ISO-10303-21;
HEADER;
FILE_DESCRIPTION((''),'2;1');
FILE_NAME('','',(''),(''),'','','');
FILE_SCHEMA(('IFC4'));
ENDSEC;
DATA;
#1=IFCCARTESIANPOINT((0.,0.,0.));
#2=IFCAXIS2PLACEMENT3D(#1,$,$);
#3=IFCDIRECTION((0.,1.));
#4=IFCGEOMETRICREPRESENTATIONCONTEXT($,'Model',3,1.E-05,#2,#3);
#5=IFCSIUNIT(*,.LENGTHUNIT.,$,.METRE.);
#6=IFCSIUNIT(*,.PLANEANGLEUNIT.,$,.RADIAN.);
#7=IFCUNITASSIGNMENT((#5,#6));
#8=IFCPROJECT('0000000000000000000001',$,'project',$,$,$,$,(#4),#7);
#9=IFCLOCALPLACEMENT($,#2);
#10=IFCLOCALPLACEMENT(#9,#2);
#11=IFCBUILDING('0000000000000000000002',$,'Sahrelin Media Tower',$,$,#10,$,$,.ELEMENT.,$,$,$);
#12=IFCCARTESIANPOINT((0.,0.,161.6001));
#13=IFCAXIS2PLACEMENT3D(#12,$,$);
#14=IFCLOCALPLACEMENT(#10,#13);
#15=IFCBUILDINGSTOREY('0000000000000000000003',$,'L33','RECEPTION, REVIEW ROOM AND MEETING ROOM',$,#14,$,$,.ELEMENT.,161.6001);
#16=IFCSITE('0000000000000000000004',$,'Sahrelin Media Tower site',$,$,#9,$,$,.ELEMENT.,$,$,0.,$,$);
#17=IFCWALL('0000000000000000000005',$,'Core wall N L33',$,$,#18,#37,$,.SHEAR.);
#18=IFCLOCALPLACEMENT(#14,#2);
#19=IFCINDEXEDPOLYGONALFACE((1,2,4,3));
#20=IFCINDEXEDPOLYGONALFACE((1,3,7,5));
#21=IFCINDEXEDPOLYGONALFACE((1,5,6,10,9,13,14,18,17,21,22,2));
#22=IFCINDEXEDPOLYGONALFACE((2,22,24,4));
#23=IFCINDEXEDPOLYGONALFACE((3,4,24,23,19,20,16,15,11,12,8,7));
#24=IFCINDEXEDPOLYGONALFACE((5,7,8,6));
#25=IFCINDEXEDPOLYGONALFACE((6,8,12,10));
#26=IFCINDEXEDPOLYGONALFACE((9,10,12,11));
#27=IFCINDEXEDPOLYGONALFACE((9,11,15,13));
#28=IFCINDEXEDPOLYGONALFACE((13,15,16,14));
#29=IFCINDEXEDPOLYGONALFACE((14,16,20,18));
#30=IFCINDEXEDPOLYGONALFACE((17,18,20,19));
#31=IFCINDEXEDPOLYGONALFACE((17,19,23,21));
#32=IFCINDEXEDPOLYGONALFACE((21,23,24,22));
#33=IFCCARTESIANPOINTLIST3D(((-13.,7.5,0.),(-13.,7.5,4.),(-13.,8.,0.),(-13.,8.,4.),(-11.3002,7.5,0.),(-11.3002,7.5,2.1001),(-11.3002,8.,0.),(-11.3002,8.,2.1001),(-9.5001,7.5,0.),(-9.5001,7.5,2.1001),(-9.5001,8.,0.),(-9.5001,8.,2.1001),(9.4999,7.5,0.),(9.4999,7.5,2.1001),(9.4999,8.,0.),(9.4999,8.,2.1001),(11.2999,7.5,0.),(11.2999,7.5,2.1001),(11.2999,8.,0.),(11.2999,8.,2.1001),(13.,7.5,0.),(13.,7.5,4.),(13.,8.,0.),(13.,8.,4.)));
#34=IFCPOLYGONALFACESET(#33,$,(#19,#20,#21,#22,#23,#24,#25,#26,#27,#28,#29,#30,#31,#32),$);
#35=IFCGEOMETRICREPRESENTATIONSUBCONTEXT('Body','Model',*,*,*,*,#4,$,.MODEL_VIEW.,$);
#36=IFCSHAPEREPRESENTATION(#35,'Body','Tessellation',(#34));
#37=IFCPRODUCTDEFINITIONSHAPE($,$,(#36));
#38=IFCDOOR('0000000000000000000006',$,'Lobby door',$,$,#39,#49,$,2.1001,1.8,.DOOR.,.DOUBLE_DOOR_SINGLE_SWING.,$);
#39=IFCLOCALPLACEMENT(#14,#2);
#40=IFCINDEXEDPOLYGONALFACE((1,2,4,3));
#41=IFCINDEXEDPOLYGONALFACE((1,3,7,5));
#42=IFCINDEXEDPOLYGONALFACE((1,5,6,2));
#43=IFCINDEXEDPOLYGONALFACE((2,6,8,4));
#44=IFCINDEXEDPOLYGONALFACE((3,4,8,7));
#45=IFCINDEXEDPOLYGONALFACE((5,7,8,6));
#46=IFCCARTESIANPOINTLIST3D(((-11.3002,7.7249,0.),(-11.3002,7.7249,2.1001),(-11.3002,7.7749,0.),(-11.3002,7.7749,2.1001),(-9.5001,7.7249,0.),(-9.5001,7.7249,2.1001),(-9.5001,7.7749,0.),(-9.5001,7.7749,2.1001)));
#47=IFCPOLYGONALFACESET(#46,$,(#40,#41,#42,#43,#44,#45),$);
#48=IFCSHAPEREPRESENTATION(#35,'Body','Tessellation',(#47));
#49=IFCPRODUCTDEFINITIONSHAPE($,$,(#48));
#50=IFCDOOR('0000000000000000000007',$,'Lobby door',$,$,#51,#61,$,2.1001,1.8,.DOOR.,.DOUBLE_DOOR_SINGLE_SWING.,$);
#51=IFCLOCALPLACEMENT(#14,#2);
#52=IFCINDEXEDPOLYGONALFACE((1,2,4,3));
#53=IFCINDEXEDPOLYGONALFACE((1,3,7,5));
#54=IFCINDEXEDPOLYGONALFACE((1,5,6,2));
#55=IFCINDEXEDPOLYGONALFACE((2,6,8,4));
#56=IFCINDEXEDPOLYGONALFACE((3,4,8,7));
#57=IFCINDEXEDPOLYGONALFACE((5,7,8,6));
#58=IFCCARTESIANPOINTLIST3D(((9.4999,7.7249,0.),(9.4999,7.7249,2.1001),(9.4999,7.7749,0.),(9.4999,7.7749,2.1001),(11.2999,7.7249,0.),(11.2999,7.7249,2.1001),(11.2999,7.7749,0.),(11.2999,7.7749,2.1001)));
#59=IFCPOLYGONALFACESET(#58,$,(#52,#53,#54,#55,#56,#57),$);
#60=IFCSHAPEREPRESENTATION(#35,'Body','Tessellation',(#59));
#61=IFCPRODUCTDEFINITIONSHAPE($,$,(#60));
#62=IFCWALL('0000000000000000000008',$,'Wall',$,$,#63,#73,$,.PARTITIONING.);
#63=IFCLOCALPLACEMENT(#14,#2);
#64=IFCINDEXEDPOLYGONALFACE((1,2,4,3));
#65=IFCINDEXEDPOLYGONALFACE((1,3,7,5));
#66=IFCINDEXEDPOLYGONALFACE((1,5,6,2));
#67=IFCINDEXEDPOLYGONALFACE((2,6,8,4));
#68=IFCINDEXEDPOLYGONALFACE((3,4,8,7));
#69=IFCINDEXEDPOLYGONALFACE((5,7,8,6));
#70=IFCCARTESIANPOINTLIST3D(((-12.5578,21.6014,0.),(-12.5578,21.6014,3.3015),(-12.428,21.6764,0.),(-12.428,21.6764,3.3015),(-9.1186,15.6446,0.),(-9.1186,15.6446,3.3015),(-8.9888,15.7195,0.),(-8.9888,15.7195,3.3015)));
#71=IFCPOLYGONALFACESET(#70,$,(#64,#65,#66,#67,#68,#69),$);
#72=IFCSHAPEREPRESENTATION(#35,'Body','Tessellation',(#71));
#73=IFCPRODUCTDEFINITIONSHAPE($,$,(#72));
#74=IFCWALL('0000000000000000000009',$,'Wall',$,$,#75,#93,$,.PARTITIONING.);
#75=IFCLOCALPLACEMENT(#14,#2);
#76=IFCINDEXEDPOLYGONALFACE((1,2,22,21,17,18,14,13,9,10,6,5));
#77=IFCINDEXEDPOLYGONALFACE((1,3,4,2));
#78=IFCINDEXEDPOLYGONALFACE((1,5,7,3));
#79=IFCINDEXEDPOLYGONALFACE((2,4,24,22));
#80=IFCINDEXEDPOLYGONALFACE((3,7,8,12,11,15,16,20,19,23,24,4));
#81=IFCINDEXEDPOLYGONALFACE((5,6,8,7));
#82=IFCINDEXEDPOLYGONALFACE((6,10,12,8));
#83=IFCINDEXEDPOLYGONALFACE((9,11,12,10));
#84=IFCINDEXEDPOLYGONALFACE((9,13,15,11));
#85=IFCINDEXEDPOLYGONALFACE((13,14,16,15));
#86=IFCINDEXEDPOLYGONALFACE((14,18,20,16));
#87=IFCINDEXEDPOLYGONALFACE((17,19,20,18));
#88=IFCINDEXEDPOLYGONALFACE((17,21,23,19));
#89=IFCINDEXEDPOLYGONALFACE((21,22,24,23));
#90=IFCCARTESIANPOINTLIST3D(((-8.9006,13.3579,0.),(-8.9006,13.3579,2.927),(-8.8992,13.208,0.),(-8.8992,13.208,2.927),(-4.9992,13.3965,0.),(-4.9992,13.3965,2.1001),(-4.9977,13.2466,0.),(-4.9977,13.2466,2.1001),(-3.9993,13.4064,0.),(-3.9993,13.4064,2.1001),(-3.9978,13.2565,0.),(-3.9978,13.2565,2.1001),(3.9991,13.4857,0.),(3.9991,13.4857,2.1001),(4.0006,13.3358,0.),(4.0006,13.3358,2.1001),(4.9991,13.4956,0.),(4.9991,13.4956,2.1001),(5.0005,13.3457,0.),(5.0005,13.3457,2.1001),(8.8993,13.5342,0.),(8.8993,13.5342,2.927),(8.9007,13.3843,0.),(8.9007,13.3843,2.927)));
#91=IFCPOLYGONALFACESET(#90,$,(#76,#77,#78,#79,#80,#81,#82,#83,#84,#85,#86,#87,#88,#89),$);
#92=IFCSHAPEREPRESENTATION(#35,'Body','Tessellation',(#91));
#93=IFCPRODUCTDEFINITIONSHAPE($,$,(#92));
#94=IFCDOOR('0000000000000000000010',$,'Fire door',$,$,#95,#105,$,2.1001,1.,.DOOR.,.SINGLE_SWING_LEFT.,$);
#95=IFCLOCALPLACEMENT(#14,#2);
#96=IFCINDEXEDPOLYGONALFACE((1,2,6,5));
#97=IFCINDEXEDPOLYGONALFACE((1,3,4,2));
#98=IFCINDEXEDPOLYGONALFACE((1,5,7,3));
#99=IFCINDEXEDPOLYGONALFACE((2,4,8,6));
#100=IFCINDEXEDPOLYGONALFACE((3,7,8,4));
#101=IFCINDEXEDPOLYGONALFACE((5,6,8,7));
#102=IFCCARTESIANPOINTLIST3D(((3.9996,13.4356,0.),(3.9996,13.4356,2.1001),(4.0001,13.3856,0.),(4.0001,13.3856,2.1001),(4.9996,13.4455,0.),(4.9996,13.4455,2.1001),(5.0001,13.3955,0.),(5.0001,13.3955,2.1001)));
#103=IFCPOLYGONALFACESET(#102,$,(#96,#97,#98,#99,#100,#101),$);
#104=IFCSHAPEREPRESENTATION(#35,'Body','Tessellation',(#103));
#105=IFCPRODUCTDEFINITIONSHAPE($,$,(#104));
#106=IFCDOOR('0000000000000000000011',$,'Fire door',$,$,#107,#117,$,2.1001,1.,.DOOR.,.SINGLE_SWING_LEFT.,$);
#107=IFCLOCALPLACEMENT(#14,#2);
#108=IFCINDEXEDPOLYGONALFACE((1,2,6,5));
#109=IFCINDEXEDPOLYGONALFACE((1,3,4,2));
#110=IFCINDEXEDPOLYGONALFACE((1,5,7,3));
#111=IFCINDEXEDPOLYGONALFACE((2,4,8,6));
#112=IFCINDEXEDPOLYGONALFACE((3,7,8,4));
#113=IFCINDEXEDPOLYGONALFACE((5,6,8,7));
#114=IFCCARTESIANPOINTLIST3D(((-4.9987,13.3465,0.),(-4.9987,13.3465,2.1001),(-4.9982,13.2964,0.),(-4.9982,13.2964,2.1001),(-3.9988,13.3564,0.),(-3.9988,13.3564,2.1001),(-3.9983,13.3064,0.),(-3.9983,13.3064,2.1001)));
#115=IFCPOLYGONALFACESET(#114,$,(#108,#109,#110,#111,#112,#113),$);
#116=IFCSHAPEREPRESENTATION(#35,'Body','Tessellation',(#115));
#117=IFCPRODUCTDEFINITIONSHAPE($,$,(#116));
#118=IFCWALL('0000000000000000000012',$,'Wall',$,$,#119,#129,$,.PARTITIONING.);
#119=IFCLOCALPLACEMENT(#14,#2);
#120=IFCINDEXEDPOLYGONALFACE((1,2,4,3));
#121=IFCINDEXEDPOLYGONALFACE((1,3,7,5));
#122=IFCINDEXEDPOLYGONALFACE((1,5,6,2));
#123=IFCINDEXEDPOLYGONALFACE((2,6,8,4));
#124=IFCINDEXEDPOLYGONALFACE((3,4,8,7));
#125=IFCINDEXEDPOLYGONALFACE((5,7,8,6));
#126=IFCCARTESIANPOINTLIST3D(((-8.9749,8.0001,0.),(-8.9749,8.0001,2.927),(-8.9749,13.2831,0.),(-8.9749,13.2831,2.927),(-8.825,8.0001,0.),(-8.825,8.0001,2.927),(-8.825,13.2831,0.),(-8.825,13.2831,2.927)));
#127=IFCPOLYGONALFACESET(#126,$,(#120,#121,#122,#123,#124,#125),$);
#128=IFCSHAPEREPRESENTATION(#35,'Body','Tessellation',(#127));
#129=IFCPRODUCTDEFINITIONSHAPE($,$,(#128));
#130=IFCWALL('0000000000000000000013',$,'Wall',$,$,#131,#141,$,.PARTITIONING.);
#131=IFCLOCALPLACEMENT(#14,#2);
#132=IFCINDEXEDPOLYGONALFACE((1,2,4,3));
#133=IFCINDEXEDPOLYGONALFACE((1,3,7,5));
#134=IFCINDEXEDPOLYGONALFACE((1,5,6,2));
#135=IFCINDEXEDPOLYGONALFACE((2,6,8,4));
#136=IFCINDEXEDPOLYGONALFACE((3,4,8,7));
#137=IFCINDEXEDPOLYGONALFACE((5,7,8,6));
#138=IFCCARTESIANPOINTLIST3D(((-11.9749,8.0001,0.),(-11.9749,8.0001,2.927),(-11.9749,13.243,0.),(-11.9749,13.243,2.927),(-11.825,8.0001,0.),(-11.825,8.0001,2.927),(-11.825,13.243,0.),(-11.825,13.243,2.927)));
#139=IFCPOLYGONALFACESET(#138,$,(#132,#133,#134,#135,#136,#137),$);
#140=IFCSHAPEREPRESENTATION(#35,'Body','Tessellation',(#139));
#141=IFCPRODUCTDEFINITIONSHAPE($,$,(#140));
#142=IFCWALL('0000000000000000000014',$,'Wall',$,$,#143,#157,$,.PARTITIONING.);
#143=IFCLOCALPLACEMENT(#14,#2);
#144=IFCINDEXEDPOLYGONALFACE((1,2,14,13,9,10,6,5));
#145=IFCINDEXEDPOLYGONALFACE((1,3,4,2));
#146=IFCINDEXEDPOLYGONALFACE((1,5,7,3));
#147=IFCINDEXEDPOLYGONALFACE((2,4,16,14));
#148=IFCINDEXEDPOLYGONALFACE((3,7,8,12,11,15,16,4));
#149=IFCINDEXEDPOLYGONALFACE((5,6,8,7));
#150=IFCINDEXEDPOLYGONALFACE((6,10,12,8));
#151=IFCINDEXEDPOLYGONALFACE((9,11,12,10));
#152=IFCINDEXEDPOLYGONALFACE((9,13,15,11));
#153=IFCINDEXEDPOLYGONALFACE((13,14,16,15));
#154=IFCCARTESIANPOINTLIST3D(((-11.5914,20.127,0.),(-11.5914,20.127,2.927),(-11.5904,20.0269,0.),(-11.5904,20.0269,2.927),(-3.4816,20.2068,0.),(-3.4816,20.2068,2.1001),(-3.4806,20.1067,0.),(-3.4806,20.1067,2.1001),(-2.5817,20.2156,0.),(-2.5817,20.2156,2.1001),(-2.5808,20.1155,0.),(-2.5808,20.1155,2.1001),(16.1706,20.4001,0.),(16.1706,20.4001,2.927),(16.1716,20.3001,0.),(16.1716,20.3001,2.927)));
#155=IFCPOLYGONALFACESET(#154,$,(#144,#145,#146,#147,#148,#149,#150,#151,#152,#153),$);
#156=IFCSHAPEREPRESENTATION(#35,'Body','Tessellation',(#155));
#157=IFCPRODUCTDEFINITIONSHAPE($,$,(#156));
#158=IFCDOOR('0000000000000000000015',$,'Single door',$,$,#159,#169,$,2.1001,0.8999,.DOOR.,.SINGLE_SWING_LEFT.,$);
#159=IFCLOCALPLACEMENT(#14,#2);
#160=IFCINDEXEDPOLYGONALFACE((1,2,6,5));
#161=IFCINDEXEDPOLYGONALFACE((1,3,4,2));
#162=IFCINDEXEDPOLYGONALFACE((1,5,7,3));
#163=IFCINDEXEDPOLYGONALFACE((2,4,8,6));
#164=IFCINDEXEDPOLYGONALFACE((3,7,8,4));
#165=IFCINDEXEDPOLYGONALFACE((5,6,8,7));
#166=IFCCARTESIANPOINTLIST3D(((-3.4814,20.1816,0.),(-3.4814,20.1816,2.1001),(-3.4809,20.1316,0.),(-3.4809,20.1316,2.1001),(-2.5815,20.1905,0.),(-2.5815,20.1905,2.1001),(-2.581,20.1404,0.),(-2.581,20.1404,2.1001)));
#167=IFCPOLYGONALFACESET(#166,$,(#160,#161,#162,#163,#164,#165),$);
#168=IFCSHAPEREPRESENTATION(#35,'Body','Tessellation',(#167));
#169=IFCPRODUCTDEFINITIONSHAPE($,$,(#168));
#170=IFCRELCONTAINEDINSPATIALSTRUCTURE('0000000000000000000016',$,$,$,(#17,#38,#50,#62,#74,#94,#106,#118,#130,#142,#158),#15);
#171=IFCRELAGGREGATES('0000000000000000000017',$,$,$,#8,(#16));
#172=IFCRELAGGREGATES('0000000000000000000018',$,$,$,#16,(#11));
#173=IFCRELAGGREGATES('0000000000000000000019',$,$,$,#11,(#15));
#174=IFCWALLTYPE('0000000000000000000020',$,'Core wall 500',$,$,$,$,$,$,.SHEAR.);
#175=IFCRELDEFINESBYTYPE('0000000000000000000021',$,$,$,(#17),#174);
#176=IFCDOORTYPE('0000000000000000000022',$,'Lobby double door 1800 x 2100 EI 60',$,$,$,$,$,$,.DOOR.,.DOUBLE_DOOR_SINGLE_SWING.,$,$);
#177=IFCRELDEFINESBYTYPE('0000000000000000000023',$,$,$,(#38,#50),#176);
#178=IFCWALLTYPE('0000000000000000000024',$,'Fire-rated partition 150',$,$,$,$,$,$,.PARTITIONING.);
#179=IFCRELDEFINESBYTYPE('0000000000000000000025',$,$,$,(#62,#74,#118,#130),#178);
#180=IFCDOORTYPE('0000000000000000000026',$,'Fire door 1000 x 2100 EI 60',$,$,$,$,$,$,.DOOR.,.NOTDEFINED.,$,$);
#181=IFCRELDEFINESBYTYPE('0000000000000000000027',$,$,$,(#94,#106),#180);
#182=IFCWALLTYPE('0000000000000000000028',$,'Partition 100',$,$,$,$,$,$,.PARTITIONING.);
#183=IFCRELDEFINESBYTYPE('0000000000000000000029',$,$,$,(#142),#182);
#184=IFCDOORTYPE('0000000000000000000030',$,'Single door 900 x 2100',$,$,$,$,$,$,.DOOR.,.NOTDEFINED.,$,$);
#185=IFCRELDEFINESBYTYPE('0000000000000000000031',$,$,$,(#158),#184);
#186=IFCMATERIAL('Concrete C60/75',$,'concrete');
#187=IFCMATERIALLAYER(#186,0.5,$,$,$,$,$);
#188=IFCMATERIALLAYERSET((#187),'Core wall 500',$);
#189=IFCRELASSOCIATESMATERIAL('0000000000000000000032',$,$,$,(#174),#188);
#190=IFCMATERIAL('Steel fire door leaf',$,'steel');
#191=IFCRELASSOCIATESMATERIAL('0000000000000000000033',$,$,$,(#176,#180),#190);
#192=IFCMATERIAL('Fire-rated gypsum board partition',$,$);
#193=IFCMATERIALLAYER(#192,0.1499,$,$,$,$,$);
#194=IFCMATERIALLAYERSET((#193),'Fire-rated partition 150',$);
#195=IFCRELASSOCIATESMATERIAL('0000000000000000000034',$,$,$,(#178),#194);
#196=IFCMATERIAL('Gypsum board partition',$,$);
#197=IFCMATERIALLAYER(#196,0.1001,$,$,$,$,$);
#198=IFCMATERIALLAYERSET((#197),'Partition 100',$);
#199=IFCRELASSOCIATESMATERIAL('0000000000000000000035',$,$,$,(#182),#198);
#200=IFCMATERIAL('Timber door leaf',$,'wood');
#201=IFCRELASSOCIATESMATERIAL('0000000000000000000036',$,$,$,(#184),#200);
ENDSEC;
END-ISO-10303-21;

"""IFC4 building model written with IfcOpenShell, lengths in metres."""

from ifc_helpers import new_model, si_unit, direction, frame, frame_2d, origin, place, context, subcontext, project, spatial, rectangle, extrude, material, layer, layer_set, type_object, element, fill, save


model = new_model("IFC4")

# Units and contexts
model_context = context("Model", 3, precision=1e-05, world=origin(), true_north=direction((0.0, 1.0)))
body_context = subcontext(model_context, "Body", "Model", "MODEL_VIEW")
ifc_project = project(units=[si_unit("LENGTHUNIT", "METRE"), si_unit("PLANEANGLEUNIT", "RADIAN")], contexts=[model_context])

# Site, building, storey
site_placement = place(None, origin())
site = spatial("IfcSite", under=ifc_project, at=site_placement, Name="Sahrelin Media Tower site", CompositionType="ELEMENT", RefElevation=0.0)
building_placement = place(site_placement, origin())
building = spatial("IfcBuilding", under=site, at=building_placement, Name="Sahrelin Media Tower", CompositionType="ELEMENT")
storey_placement = place(building_placement, frame((0.0, 0.0, 161.6001)))
storey = spatial("IfcBuildingStorey", under=building, at=storey_placement, Name="L33", Description="RECEPTION, REVIEW ROOM AND MEETING ROOM", CompositionType="ELEMENT", Elevation=161.6001)

# Wall, openings, doors
ifc_material_1 = material(Name="Concrete C60/75", Category="concrete")
ifc_layer_1 = layer(ifc_material_1, 0.5)
ifc_layer_set_1 = layer_set([ifc_layer_1], Name="Core wall 500")
wall_type_1 = type_object("IfcWallType", Name="Core wall 500", PredefinedType="SHEAR", material=ifc_layer_set_1)
wall_1_placement = place(storey_placement, frame((-13.0, 7.75, 0.0), z_axis=(0.0, 0.0, 1.0), x_axis=(1.0, 0.0, 0.0)))
wall_1 = element("IfcWall", 1, at=wall_1_placement, inside=storey, type_object=wall_type_1, Name="Core wall N L33", PredefinedType="SHEAR", context=body_context, shape_type="SweptSolid", body=[
    extrude(rectangle(XDim=26.0, YDim=0.5, at=frame_2d((13.0, 0.0))), origin(), (0.0, 0.0, 1.0), 4.0),
])
opening_1_placement = place(wall_1_placement, frame((1.7, 0.0, 0.0)))
opening_1 = element("IfcOpeningElement", 2, at=opening_1_placement, cuts=wall_1, PredefinedType="OPENING", context=body_context, shape_type="SweptSolid", body=[
    extrude(rectangle(XDim=1.8, YDim=2.1001, at=frame_2d((0.8999, 1.05))), frame((0.0, 0.25, 0.0), z_axis=(0.0, -1.0, 0.0), x_axis=(1.0, 0.0, 0.0)), (0.0, 0.0, 1.0), 0.5),
])
opening_2_placement = place(wall_1_placement, frame((22.5, 0.0, 0.0)))
opening_2 = element("IfcOpeningElement", 3, at=opening_2_placement, cuts=wall_1, PredefinedType="OPENING", context=body_context, shape_type="SweptSolid", body=[
    extrude(rectangle(XDim=1.8, YDim=2.1001, at=frame_2d((0.8999, 1.05))), frame((0.0, 0.25, 0.0), z_axis=(0.0, -1.0, 0.0), x_axis=(1.0, 0.0, 0.0)), (0.0, 0.0, 1.0), 0.5),
])
ifc_material_2 = material(Name="Steel fire door leaf", Category="steel")
door_type_1 = type_object("IfcDoorType", Name="Lobby double door 1800 x 2100 EI 60", OperationType="DOUBLE_DOOR_SINGLE_SWING", PredefinedType="DOOR", material=ifc_material_2)
door_1_placement = place(opening_1_placement, origin())
door_1 = element("IfcDoor", 4, at=door_1_placement, inside=storey, type_object=door_type_1, Name="Lobby door", OperationType="DOUBLE_DOOR_SINGLE_SWING", OverallHeight=2.1001, OverallWidth=1.8, PredefinedType="DOOR", context=body_context, shape_type="SweptSolid", body=[
    extrude(rectangle(XDim=1.8, YDim=2.1001, at=frame_2d((0.8999, 1.05))), frame((0.0, 0.0249, 0.0), z_axis=(0.0, -1.0, 0.0), x_axis=(1.0, 0.0, 0.0)), (0.0, 0.0, 1.0), 0.05),
])
fill(opening_1, door_1)
door_2_placement = place(opening_2_placement, origin())
door_2 = element("IfcDoor", 5, at=door_2_placement, inside=storey, type_object=door_type_1, Name="Lobby door", OperationType="DOUBLE_DOOR_SINGLE_SWING", OverallHeight=2.1001, OverallWidth=1.8, PredefinedType="DOOR", context=body_context, shape_type="SweptSolid", body=[
    extrude(rectangle(XDim=1.8, YDim=2.1001, at=frame_2d((0.8999, 1.05))), frame((0.0, 0.0249, 0.0), z_axis=(0.0, -1.0, 0.0), x_axis=(1.0, 0.0, 0.0)), (0.0, 0.0, 1.0), 0.05),
])
fill(opening_2, door_2)

# Wall
ifc_material_3 = material(Name="Fire-rated gypsum board partition")
ifc_layer_2 = layer(ifc_material_3, 0.1499)
ifc_layer_set_2 = layer_set([ifc_layer_2], Name="Fire-rated partition 150")
wall_type_2 = type_object("IfcWallType", Name="Fire-rated partition 150", PredefinedType="PARTITIONING", material=ifc_layer_set_2)
wall_2_placement = place(storey_placement, frame((-12.4929, 21.6389, 0.0), z_axis=(0.0, 0.0, 1.0), x_axis=(0.500006, -0.866022, 0.0)))
element("IfcWall", 6, at=wall_2_placement, inside=storey, type_object=wall_type_2, Name="Wall", PredefinedType="PARTITIONING", context=body_context, shape_type="SweptSolid", body=[
    extrude(rectangle(XDim=6.8784, YDim=0.1499, at=frame_2d((3.4392, 0.0))), origin(), (0.0, 0.0, 1.0), 3.3015),
])

# Wall, openings, doors
wall_3_placement = place(storey_placement, frame((-8.8999, 13.283, 0.0), z_axis=(0.0, 0.0, 1.0), x_axis=(0.999951, 0.009902, 0.0)))
wall_3 = element("IfcWall", 7, at=wall_3_placement, inside=storey, type_object=wall_type_2, Name="Wall", PredefinedType="PARTITIONING", context=body_context, shape_type="SweptSolid", body=[
    extrude(rectangle(XDim=17.8008, YDim=0.1499, at=frame_2d((8.9004, 0.0))), origin(), (0.0, 0.0, 1.0), 2.927),
])
opening_3_placement = place(wall_3_placement, frame((12.9004, 0.0, 0.0)))
opening_3 = element("IfcOpeningElement", 8, at=opening_3_placement, cuts=wall_3, PredefinedType="OPENING", context=body_context, shape_type="SweptSolid", body=[
    extrude(rectangle(XDim=1.0, YDim=2.1001, at=frame_2d((0.5, 1.05))), frame((0.0, 0.075, 0.0), z_axis=(0.0, -1.0, 0.0), x_axis=(1.0, 0.0, 0.0)), (0.0, 0.0, 1.0), 0.1499),
])
opening_4_placement = place(wall_3_placement, frame((3.9016, 0.0, 0.0)))
opening_4 = element("IfcOpeningElement", 9, at=opening_4_placement, cuts=wall_3, PredefinedType="OPENING", context=body_context, shape_type="SweptSolid", body=[
    extrude(rectangle(XDim=1.0, YDim=2.1001, at=frame_2d((0.5, 1.05))), frame((0.0, 0.075, 0.0), z_axis=(0.0, -1.0, 0.0), x_axis=(1.0, 0.0, 0.0)), (0.0, 0.0, 1.0), 0.1499),
])
door_type_2 = type_object("IfcDoorType", Name="Fire door 1000 x 2100 EI 60", OperationType="NOTDEFINED", PredefinedType="DOOR", material=ifc_material_2)
door_3_placement = place(opening_3_placement, origin())
door_3 = element("IfcDoor", 10, at=door_3_placement, inside=storey, type_object=door_type_2, Name="Fire door", OperationType="SINGLE_SWING_LEFT", OverallHeight=2.1001, OverallWidth=1.0, PredefinedType="DOOR", context=body_context, shape_type="SweptSolid", body=[
    extrude(rectangle(XDim=1.0, YDim=2.1001, at=frame_2d((0.5, 1.05))), frame((0.0, 0.0249, 0.0), z_axis=(0.0, -1.0, 0.0), x_axis=(1.0, 0.0, 0.0)), (0.0, 0.0, 1.0), 0.05),
])
fill(opening_3, door_3)
door_4_placement = place(opening_4_placement, origin())
door_4 = element("IfcDoor", 11, at=door_4_placement, inside=storey, type_object=door_type_2, Name="Fire door", OperationType="SINGLE_SWING_LEFT", OverallHeight=2.1001, OverallWidth=1.0, PredefinedType="DOOR", context=body_context, shape_type="SweptSolid", body=[
    extrude(rectangle(XDim=1.0, YDim=2.1001, at=frame_2d((0.5, 1.05))), frame((0.0, 0.0249, 0.0), z_axis=(0.0, -1.0, 0.0), x_axis=(1.0, 0.0, 0.0)), (0.0, 0.0, 1.0), 0.05),
])
fill(opening_4, door_4)

# Walls
wall_4_placement = place(storey_placement, frame((-8.8999, 8.0, 0.0), z_axis=(0.0, 0.0, 1.0), x_axis=(0.0, 1.0, 0.0)))
element("IfcWall", 12, at=wall_4_placement, inside=storey, type_object=wall_type_2, Name="Wall", PredefinedType="PARTITIONING", context=body_context, shape_type="SweptSolid", body=[
    extrude(rectangle(XDim=5.283, YDim=0.1499, at=frame_2d((2.6416, 0.0))), origin(), (0.0, 0.0, 1.0), 2.927),
])
wall_5_placement = place(storey_placement, frame((-11.8999, 8.0, 0.0), z_axis=(0.0, 0.0, 1.0), x_axis=(0.0, 1.0, 0.0)))
element("IfcWall", 13, at=wall_5_placement, inside=storey, type_object=wall_type_2, Name="Wall", PredefinedType="PARTITIONING", context=body_context, shape_type="SweptSolid", body=[
    extrude(rectangle(XDim=5.2429, YDim=0.1499, at=frame_2d((2.6216, 0.0))), origin(), (0.0, 0.0, 1.0), 2.927),
])

# Wall, opening, door
ifc_material_4 = material(Name="Gypsum board partition")
ifc_layer_3 = layer(ifc_material_4, 0.1001)
ifc_layer_set_3 = layer_set([ifc_layer_3], Name="Partition 100")
wall_type_3 = type_object("IfcWallType", Name="Partition 100", PredefinedType="PARTITIONING", material=ifc_layer_set_3)
wall_6_placement = place(storey_placement, frame((-11.5911, 20.0769, 0.0), z_axis=(0.0, 0.0, 1.0), x_axis=(0.999952, 0.00984, 0.0)))
wall_6 = element("IfcWall", 14, at=wall_6_placement, inside=storey, type_object=wall_type_3, Name="Wall", PredefinedType="PARTITIONING", context=body_context, shape_type="SweptSolid", body=[
    extrude(rectangle(XDim=27.7634, YDim=0.1001, at=frame_2d((13.8818, 0.0))), origin(), (0.0, 0.0, 1.0), 2.927),
])
opening_5_placement = place(wall_6_placement, frame((8.1104, 0.0, 0.0)))
opening_5 = element("IfcOpeningElement", 15, at=opening_5_placement, cuts=wall_6, PredefinedType="OPENING", context=body_context, shape_type="SweptSolid", body=[
    extrude(rectangle(XDim=0.8999, YDim=2.1001, at=frame_2d((0.45, 1.05))), frame((0.0, 0.05, 0.0), z_axis=(0.0, -1.0, 0.0), x_axis=(1.0, 0.0, 0.0)), (0.0, 0.0, 1.0), 0.1001),
])
ifc_material_5 = material(Name="Timber door leaf", Category="wood")
door_type_3 = type_object("IfcDoorType", Name="Single door 900 x 2100", OperationType="NOTDEFINED", PredefinedType="DOOR", material=ifc_material_5)
door_5_placement = place(opening_5_placement, origin())
door_5 = element("IfcDoor", 16, at=door_5_placement, inside=storey, type_object=door_type_3, Name="Single door", OperationType="SINGLE_SWING_LEFT", OverallHeight=2.1001, OverallWidth=0.8999, PredefinedType="DOOR", context=body_context, shape_type="SweptSolid", body=[
    extrude(rectangle(XDim=0.8999, YDim=2.1001, at=frame_2d((0.45, 1.05))), frame((0.0, 0.0249, 0.0), z_axis=(0.0, -1.0, 0.0), x_axis=(1.0, 0.0, 0.0)), (0.0, 0.0, 1.0), 0.05),
])
fill(opening_5, door_5)

save(model, "model.ifc")
